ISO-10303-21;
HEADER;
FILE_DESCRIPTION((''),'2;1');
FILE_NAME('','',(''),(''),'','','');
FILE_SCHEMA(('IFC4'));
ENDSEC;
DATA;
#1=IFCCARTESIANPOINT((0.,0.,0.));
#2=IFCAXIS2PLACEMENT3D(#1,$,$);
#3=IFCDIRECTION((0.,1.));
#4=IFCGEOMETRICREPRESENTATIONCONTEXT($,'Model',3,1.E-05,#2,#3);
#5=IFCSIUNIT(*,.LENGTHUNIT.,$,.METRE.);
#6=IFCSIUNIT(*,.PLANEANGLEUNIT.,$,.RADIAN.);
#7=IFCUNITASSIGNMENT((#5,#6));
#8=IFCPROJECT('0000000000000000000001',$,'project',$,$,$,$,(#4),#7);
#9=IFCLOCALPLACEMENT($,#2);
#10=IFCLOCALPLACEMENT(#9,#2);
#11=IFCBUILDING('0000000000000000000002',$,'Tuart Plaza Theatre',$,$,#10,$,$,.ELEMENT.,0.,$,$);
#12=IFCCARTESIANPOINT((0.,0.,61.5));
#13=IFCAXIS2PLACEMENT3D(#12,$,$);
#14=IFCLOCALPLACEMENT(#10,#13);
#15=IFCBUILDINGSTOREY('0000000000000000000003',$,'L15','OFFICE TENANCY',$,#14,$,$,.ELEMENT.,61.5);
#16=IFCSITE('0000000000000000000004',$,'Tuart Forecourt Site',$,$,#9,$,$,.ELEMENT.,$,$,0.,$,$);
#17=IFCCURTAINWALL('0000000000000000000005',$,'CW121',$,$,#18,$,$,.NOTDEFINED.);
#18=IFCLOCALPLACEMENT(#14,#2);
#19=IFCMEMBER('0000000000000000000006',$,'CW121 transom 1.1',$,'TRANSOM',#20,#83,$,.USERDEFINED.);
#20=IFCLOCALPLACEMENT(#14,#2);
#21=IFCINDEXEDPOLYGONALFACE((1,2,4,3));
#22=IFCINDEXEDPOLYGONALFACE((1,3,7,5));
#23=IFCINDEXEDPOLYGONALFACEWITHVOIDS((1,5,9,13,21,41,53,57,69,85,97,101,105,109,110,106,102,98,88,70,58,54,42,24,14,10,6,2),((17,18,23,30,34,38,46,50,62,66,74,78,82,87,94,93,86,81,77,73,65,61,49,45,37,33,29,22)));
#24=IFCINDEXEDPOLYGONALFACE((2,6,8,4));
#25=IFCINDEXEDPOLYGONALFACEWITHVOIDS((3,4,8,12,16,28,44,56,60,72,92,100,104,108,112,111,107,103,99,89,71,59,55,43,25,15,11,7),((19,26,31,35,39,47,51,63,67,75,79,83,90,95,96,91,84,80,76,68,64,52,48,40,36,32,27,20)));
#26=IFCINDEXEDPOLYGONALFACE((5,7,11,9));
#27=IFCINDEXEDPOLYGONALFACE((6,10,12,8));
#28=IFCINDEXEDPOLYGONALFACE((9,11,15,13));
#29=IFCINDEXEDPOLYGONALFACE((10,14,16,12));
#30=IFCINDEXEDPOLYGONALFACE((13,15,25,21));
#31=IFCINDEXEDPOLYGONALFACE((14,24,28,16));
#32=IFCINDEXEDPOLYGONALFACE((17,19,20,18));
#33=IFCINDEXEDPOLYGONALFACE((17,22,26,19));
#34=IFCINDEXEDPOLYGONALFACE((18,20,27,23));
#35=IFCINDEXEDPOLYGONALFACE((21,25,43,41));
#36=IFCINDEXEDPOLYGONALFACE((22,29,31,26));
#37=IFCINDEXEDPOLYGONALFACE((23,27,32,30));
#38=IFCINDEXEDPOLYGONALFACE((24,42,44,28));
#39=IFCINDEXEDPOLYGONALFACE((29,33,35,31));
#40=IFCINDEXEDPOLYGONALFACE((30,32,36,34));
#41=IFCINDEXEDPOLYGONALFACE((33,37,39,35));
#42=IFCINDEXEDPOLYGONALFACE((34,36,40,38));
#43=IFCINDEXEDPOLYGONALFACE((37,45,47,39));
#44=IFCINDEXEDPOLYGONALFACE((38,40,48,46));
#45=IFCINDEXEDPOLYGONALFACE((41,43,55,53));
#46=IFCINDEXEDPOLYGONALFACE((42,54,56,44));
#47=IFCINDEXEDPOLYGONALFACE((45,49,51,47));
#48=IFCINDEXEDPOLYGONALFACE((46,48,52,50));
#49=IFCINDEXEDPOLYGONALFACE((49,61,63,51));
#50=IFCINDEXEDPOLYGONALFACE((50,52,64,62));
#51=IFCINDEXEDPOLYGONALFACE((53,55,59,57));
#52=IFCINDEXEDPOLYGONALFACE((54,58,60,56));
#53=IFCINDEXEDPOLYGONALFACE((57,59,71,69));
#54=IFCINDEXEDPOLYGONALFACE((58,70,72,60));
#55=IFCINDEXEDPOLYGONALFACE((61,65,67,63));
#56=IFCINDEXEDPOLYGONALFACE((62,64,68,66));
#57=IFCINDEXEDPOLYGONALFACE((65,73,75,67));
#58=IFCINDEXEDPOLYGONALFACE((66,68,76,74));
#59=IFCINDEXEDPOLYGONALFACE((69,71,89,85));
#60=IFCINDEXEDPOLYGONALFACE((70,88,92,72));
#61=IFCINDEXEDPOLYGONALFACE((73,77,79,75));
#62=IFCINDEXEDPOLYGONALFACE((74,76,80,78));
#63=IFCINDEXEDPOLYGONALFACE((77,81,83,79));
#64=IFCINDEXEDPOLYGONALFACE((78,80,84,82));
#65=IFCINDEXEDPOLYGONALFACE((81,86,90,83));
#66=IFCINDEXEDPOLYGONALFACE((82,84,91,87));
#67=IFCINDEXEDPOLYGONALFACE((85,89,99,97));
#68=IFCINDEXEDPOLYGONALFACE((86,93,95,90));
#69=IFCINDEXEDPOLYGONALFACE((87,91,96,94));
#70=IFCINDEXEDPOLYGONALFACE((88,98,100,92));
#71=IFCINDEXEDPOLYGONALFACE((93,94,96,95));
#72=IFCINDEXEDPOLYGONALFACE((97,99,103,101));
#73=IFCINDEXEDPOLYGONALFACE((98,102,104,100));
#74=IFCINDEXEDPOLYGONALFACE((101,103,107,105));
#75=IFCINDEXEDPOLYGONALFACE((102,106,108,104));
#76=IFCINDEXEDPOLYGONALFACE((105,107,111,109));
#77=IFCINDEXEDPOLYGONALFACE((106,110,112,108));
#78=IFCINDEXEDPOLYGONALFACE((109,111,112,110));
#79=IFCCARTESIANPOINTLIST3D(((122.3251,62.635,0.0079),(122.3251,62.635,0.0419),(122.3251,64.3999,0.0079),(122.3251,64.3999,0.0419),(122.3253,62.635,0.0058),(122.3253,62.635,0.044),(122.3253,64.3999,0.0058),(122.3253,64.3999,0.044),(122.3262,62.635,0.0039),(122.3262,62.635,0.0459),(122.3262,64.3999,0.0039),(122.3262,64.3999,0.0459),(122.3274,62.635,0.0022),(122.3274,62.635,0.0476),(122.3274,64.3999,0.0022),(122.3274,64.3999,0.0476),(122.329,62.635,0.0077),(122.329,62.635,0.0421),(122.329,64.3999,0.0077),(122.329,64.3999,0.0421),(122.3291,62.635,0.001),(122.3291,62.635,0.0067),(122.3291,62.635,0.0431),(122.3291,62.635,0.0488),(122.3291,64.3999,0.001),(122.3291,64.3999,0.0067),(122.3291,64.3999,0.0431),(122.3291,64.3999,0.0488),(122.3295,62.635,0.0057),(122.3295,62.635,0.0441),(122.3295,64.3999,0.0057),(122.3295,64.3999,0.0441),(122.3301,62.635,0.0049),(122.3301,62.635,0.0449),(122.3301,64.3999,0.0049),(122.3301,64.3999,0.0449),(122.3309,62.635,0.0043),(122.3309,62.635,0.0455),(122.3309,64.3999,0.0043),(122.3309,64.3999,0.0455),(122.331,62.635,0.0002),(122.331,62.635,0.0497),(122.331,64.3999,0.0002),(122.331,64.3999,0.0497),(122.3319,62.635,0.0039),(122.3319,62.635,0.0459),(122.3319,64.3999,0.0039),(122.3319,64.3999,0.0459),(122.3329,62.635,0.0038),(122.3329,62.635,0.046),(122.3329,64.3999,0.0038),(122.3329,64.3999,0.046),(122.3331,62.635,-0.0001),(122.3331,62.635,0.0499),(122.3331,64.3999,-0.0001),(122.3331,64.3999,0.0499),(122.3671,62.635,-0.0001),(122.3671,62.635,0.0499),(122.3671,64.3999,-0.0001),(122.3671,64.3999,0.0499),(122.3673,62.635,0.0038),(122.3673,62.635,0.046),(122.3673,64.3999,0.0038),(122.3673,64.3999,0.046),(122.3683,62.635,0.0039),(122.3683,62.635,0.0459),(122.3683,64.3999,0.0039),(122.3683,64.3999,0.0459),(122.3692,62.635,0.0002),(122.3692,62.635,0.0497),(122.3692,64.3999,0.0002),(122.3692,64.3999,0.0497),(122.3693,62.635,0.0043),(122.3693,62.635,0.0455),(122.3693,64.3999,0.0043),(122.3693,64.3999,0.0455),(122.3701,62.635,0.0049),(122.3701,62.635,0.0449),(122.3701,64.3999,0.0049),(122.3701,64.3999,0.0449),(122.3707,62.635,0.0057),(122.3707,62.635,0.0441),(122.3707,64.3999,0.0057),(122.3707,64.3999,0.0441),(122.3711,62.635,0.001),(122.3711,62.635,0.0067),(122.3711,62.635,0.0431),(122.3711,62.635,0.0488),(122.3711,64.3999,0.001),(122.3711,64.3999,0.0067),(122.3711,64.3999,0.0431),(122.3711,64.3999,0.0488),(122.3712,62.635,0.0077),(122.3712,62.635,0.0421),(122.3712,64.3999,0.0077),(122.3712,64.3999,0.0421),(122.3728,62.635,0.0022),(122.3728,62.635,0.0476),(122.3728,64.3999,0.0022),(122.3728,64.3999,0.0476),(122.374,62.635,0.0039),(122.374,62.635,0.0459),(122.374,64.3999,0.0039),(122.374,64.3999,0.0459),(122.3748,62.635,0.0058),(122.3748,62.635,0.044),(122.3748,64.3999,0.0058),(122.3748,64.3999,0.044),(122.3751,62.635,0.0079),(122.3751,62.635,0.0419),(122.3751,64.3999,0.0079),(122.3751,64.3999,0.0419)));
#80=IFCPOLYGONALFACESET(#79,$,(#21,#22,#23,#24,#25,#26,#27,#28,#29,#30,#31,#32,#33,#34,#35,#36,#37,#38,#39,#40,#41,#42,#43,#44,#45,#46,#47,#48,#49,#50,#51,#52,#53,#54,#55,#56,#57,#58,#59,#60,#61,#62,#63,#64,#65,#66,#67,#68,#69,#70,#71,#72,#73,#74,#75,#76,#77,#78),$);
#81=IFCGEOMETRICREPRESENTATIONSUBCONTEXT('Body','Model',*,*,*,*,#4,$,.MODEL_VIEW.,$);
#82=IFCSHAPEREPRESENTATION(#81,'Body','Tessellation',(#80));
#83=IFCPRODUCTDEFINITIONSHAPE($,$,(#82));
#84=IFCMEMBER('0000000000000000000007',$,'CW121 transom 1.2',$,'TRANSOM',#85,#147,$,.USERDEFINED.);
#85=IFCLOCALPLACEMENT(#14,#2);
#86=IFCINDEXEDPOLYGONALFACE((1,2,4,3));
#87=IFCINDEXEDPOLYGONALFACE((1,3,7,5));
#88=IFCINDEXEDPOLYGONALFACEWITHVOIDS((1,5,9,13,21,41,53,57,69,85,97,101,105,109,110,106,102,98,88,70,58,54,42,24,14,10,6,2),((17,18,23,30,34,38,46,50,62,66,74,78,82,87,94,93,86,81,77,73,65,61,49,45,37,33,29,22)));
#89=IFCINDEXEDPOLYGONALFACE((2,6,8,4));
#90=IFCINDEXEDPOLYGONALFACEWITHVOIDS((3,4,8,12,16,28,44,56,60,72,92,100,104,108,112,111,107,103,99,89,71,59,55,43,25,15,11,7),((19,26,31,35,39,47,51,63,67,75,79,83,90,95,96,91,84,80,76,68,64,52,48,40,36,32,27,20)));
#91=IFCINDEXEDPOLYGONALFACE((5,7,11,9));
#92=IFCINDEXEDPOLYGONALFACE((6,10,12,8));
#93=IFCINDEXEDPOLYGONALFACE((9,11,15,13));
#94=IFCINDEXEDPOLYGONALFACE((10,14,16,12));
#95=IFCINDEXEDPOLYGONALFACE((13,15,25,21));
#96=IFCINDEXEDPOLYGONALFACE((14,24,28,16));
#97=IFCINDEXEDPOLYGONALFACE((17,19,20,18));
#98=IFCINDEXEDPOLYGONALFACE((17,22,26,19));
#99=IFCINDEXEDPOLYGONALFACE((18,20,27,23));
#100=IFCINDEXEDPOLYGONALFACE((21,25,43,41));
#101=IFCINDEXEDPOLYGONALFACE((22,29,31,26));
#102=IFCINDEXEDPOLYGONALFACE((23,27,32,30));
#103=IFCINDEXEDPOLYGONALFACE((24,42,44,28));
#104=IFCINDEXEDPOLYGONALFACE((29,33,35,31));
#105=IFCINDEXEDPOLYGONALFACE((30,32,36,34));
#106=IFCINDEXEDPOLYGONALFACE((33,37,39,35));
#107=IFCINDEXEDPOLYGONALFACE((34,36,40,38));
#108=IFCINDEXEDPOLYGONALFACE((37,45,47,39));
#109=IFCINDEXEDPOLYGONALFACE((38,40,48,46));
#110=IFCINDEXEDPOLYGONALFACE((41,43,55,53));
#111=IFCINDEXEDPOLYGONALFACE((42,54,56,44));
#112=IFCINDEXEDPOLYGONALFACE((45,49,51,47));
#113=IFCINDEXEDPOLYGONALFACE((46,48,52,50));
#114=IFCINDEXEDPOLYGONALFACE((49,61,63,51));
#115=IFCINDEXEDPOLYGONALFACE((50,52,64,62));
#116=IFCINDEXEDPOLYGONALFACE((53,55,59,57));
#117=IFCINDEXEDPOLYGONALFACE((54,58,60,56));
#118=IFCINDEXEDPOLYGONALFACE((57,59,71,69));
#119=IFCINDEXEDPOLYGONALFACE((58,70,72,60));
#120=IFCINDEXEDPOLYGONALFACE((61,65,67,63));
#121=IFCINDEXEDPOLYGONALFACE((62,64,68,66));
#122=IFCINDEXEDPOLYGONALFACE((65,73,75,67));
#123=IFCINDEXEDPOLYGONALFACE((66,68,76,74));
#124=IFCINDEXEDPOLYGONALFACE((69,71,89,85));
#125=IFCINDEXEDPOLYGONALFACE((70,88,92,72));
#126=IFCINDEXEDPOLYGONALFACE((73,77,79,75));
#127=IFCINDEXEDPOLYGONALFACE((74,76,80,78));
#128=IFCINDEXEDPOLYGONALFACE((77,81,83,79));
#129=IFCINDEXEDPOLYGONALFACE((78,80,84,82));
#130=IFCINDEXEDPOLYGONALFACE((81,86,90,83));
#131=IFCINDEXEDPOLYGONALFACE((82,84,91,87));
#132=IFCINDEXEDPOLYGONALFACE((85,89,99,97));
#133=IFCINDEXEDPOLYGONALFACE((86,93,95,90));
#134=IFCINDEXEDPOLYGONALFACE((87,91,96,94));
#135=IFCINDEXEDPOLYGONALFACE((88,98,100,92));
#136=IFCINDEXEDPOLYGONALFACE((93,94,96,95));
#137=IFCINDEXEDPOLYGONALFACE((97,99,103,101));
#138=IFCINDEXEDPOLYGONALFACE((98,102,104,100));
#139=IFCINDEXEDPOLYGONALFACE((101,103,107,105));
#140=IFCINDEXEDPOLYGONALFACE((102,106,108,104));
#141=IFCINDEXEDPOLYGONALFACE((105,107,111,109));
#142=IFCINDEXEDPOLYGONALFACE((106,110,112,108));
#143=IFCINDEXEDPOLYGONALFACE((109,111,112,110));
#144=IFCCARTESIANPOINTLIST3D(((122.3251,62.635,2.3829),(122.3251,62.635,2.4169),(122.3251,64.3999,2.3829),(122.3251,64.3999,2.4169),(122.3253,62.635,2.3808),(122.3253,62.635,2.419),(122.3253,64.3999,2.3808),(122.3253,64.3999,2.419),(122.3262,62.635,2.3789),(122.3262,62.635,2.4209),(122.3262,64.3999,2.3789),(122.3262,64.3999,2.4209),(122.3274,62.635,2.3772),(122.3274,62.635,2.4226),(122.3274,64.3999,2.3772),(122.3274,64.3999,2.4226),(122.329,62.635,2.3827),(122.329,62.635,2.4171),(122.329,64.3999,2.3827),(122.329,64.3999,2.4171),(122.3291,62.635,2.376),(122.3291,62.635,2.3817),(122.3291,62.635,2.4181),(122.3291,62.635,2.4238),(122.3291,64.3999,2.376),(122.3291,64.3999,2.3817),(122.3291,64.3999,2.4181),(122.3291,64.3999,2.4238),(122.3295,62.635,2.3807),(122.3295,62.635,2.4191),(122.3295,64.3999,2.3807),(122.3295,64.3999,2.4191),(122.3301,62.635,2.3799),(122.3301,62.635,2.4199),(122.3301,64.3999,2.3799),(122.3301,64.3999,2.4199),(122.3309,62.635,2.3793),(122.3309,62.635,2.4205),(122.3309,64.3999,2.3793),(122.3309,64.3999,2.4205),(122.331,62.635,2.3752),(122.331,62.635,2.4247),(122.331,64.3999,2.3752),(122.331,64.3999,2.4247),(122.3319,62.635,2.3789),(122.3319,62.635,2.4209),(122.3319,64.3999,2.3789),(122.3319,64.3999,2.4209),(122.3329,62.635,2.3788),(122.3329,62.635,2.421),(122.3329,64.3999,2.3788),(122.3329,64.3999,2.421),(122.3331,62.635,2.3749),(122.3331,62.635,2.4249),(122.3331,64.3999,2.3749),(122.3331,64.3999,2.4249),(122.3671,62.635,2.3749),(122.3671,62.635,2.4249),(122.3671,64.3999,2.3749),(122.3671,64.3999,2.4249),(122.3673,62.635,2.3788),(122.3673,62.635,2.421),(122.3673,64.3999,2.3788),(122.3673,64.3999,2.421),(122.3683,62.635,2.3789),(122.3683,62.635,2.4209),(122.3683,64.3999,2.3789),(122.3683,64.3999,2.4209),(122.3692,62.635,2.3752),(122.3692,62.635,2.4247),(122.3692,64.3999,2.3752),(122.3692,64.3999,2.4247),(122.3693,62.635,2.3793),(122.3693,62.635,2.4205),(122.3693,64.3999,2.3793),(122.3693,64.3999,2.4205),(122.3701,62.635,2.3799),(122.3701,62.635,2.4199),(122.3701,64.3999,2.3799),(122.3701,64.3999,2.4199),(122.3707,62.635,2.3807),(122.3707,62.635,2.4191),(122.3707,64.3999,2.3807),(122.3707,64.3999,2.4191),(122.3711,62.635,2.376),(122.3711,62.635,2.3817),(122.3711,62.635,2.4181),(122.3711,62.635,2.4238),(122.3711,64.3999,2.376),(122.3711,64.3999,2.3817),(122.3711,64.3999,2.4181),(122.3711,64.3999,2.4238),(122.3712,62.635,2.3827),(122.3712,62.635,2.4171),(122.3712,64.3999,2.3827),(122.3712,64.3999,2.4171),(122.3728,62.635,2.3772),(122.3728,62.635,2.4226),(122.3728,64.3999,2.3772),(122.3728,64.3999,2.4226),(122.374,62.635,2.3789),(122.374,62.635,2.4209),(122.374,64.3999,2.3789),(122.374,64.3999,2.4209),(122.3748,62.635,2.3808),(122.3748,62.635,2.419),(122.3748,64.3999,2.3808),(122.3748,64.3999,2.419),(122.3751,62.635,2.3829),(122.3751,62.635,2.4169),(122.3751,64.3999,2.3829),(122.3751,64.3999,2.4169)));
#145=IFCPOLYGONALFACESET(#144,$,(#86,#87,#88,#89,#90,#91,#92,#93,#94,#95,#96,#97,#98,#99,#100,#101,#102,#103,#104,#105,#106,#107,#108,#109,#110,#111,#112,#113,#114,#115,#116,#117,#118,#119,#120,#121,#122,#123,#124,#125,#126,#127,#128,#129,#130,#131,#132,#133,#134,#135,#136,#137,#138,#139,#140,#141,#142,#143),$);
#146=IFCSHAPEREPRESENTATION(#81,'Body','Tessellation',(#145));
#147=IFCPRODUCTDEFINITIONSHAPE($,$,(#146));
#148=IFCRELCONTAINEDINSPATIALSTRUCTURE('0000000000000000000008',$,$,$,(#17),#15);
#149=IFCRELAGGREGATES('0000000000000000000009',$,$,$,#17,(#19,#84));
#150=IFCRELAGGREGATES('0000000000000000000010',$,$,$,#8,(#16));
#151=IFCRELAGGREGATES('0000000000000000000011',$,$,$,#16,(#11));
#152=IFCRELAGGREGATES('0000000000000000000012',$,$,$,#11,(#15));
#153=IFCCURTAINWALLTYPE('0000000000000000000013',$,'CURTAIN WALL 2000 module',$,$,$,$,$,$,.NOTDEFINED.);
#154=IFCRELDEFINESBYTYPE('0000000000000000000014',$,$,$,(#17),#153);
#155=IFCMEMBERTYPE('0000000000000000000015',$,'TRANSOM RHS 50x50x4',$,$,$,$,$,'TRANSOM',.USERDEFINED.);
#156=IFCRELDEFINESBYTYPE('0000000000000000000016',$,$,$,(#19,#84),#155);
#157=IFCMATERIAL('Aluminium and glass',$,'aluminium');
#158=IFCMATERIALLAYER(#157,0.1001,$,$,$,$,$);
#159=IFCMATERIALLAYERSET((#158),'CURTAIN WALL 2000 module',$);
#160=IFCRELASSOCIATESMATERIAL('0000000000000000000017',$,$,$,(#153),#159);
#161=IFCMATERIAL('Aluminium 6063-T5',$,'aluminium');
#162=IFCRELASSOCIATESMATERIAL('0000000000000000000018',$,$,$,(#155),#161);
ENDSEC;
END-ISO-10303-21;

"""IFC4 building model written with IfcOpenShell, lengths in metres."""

from ifc_helpers import new_model, si_unit, direction, frame, origin, origin_2d, place, context, subcontext, project, spatial, hollow_rectangle, extrude, material, layer, layer_set, material_profile, profile_set, type_object, element, aggregate, save


model = new_model("IFC4")

# Units and contexts
model_context = context("Model", 3, precision=1e-05, world=origin(), true_north=direction((0.0, 1.0)))
body_context = subcontext(model_context, "Body", "Model", "MODEL_VIEW")
ifc_project = project(units=[si_unit("LENGTHUNIT", "METRE"), si_unit("PLANEANGLEUNIT", "RADIAN")], contexts=[model_context])

# Site, building, storey
site_placement = place(None, origin())
site = spatial("IfcSite", under=ifc_project, at=site_placement, Name="Tuart Forecourt Site", CompositionType="ELEMENT", RefElevation=0.0)
building_placement = place(site_placement, origin())
building = spatial("IfcBuilding", under=site, at=building_placement, Name="Tuart Plaza Theatre", CompositionType="ELEMENT", ElevationOfRefHeight=0.0)
storey_placement = place(building_placement, frame((0.0, 0.0, 61.5)))
storey = spatial("IfcBuildingStorey", under=building, at=storey_placement, Name="L15", Description="OFFICE TENANCY", CompositionType="ELEMENT", Elevation=61.5)

# Shared definitions
ifc_material_1 = material(Name="Aluminium and glass", Category="aluminium")
ifc_layer_1 = layer(ifc_material_1, 0.1001)
ifc_layer_set_1 = layer_set([ifc_layer_1], Name="CURTAIN WALL 2000 module")
curtain_wall_type = type_object("IfcCurtainWallType", Name="CURTAIN WALL 2000 module", PredefinedType="NOTDEFINED", material=ifc_layer_set_1)

# Curtain wall
curtain_wall_1_placement = place(storey_placement, origin())
curtain_wall_1 = element("IfcCurtainWall", 1, at=curtain_wall_1_placement, inside=storey, type_object=curtain_wall_type, Name="CW121", PredefinedType="NOTDEFINED")

# Members
ifc_material_2 = material(Name="Aluminium 6063-T5", Category="aluminium")
ifc_material_profile_1 = material_profile(ifc_material_2, hollow_rectangle(XDim=0.05, YDim=0.05, WallThickness=0.0039, InnerFilletRadius=0.0039, OuterFilletRadius=0.0081, at=origin_2d()), Name="RHS 50x50x4")
ifc_profile_set_1 = profile_set([ifc_material_profile_1], Name="Aluminium 6063-T5")
member_type_1 = type_object("IfcMemberType", Name="TRANSOM RHS 50x50x4", ElementType="TRANSOM", PredefinedType="USERDEFINED", material=ifc_profile_set_1)
member_1_placement = place(storey_placement, frame((122.3501, 64.3999, 0.0249), z_axis=(0.0, -1.0, 0.0), x_axis=(1.0, 0.0, 0.0)))
member_1 = element("IfcMember", 2, at=member_1_placement, type_object=member_type_1, Name="CW121 transom 1.1", ObjectType="TRANSOM", PredefinedType="USERDEFINED", context=body_context, shape_type="SweptSolid", body=[
    extrude(hollow_rectangle(XDim=0.05, YDim=0.05, WallThickness=0.0039, InnerFilletRadius=0.0039, OuterFilletRadius=0.0081, at=origin_2d()), origin(), (0.0, 0.0, 1.0), 1.7649),
])
member_2_placement = place(storey_placement, frame((122.3501, 64.3999, 2.3999), z_axis=(0.0, -1.0, 0.0), x_axis=(1.0, 0.0, 0.0)))
member_2 = element("IfcMember", 3, at=member_2_placement, type_object=member_type_1, Name="CW121 transom 1.2", ObjectType="TRANSOM", PredefinedType="USERDEFINED", context=body_context, shape_type="SweptSolid", body=[
    extrude(hollow_rectangle(XDim=0.05, YDim=0.05, WallThickness=0.0039, InnerFilletRadius=0.0039, OuterFilletRadius=0.0081, at=origin_2d()), origin(), (0.0, 0.0, 1.0), 1.7649),
])
aggregate(curtain_wall_1, [member_1, member_2])

save(model, "model.ifc")
